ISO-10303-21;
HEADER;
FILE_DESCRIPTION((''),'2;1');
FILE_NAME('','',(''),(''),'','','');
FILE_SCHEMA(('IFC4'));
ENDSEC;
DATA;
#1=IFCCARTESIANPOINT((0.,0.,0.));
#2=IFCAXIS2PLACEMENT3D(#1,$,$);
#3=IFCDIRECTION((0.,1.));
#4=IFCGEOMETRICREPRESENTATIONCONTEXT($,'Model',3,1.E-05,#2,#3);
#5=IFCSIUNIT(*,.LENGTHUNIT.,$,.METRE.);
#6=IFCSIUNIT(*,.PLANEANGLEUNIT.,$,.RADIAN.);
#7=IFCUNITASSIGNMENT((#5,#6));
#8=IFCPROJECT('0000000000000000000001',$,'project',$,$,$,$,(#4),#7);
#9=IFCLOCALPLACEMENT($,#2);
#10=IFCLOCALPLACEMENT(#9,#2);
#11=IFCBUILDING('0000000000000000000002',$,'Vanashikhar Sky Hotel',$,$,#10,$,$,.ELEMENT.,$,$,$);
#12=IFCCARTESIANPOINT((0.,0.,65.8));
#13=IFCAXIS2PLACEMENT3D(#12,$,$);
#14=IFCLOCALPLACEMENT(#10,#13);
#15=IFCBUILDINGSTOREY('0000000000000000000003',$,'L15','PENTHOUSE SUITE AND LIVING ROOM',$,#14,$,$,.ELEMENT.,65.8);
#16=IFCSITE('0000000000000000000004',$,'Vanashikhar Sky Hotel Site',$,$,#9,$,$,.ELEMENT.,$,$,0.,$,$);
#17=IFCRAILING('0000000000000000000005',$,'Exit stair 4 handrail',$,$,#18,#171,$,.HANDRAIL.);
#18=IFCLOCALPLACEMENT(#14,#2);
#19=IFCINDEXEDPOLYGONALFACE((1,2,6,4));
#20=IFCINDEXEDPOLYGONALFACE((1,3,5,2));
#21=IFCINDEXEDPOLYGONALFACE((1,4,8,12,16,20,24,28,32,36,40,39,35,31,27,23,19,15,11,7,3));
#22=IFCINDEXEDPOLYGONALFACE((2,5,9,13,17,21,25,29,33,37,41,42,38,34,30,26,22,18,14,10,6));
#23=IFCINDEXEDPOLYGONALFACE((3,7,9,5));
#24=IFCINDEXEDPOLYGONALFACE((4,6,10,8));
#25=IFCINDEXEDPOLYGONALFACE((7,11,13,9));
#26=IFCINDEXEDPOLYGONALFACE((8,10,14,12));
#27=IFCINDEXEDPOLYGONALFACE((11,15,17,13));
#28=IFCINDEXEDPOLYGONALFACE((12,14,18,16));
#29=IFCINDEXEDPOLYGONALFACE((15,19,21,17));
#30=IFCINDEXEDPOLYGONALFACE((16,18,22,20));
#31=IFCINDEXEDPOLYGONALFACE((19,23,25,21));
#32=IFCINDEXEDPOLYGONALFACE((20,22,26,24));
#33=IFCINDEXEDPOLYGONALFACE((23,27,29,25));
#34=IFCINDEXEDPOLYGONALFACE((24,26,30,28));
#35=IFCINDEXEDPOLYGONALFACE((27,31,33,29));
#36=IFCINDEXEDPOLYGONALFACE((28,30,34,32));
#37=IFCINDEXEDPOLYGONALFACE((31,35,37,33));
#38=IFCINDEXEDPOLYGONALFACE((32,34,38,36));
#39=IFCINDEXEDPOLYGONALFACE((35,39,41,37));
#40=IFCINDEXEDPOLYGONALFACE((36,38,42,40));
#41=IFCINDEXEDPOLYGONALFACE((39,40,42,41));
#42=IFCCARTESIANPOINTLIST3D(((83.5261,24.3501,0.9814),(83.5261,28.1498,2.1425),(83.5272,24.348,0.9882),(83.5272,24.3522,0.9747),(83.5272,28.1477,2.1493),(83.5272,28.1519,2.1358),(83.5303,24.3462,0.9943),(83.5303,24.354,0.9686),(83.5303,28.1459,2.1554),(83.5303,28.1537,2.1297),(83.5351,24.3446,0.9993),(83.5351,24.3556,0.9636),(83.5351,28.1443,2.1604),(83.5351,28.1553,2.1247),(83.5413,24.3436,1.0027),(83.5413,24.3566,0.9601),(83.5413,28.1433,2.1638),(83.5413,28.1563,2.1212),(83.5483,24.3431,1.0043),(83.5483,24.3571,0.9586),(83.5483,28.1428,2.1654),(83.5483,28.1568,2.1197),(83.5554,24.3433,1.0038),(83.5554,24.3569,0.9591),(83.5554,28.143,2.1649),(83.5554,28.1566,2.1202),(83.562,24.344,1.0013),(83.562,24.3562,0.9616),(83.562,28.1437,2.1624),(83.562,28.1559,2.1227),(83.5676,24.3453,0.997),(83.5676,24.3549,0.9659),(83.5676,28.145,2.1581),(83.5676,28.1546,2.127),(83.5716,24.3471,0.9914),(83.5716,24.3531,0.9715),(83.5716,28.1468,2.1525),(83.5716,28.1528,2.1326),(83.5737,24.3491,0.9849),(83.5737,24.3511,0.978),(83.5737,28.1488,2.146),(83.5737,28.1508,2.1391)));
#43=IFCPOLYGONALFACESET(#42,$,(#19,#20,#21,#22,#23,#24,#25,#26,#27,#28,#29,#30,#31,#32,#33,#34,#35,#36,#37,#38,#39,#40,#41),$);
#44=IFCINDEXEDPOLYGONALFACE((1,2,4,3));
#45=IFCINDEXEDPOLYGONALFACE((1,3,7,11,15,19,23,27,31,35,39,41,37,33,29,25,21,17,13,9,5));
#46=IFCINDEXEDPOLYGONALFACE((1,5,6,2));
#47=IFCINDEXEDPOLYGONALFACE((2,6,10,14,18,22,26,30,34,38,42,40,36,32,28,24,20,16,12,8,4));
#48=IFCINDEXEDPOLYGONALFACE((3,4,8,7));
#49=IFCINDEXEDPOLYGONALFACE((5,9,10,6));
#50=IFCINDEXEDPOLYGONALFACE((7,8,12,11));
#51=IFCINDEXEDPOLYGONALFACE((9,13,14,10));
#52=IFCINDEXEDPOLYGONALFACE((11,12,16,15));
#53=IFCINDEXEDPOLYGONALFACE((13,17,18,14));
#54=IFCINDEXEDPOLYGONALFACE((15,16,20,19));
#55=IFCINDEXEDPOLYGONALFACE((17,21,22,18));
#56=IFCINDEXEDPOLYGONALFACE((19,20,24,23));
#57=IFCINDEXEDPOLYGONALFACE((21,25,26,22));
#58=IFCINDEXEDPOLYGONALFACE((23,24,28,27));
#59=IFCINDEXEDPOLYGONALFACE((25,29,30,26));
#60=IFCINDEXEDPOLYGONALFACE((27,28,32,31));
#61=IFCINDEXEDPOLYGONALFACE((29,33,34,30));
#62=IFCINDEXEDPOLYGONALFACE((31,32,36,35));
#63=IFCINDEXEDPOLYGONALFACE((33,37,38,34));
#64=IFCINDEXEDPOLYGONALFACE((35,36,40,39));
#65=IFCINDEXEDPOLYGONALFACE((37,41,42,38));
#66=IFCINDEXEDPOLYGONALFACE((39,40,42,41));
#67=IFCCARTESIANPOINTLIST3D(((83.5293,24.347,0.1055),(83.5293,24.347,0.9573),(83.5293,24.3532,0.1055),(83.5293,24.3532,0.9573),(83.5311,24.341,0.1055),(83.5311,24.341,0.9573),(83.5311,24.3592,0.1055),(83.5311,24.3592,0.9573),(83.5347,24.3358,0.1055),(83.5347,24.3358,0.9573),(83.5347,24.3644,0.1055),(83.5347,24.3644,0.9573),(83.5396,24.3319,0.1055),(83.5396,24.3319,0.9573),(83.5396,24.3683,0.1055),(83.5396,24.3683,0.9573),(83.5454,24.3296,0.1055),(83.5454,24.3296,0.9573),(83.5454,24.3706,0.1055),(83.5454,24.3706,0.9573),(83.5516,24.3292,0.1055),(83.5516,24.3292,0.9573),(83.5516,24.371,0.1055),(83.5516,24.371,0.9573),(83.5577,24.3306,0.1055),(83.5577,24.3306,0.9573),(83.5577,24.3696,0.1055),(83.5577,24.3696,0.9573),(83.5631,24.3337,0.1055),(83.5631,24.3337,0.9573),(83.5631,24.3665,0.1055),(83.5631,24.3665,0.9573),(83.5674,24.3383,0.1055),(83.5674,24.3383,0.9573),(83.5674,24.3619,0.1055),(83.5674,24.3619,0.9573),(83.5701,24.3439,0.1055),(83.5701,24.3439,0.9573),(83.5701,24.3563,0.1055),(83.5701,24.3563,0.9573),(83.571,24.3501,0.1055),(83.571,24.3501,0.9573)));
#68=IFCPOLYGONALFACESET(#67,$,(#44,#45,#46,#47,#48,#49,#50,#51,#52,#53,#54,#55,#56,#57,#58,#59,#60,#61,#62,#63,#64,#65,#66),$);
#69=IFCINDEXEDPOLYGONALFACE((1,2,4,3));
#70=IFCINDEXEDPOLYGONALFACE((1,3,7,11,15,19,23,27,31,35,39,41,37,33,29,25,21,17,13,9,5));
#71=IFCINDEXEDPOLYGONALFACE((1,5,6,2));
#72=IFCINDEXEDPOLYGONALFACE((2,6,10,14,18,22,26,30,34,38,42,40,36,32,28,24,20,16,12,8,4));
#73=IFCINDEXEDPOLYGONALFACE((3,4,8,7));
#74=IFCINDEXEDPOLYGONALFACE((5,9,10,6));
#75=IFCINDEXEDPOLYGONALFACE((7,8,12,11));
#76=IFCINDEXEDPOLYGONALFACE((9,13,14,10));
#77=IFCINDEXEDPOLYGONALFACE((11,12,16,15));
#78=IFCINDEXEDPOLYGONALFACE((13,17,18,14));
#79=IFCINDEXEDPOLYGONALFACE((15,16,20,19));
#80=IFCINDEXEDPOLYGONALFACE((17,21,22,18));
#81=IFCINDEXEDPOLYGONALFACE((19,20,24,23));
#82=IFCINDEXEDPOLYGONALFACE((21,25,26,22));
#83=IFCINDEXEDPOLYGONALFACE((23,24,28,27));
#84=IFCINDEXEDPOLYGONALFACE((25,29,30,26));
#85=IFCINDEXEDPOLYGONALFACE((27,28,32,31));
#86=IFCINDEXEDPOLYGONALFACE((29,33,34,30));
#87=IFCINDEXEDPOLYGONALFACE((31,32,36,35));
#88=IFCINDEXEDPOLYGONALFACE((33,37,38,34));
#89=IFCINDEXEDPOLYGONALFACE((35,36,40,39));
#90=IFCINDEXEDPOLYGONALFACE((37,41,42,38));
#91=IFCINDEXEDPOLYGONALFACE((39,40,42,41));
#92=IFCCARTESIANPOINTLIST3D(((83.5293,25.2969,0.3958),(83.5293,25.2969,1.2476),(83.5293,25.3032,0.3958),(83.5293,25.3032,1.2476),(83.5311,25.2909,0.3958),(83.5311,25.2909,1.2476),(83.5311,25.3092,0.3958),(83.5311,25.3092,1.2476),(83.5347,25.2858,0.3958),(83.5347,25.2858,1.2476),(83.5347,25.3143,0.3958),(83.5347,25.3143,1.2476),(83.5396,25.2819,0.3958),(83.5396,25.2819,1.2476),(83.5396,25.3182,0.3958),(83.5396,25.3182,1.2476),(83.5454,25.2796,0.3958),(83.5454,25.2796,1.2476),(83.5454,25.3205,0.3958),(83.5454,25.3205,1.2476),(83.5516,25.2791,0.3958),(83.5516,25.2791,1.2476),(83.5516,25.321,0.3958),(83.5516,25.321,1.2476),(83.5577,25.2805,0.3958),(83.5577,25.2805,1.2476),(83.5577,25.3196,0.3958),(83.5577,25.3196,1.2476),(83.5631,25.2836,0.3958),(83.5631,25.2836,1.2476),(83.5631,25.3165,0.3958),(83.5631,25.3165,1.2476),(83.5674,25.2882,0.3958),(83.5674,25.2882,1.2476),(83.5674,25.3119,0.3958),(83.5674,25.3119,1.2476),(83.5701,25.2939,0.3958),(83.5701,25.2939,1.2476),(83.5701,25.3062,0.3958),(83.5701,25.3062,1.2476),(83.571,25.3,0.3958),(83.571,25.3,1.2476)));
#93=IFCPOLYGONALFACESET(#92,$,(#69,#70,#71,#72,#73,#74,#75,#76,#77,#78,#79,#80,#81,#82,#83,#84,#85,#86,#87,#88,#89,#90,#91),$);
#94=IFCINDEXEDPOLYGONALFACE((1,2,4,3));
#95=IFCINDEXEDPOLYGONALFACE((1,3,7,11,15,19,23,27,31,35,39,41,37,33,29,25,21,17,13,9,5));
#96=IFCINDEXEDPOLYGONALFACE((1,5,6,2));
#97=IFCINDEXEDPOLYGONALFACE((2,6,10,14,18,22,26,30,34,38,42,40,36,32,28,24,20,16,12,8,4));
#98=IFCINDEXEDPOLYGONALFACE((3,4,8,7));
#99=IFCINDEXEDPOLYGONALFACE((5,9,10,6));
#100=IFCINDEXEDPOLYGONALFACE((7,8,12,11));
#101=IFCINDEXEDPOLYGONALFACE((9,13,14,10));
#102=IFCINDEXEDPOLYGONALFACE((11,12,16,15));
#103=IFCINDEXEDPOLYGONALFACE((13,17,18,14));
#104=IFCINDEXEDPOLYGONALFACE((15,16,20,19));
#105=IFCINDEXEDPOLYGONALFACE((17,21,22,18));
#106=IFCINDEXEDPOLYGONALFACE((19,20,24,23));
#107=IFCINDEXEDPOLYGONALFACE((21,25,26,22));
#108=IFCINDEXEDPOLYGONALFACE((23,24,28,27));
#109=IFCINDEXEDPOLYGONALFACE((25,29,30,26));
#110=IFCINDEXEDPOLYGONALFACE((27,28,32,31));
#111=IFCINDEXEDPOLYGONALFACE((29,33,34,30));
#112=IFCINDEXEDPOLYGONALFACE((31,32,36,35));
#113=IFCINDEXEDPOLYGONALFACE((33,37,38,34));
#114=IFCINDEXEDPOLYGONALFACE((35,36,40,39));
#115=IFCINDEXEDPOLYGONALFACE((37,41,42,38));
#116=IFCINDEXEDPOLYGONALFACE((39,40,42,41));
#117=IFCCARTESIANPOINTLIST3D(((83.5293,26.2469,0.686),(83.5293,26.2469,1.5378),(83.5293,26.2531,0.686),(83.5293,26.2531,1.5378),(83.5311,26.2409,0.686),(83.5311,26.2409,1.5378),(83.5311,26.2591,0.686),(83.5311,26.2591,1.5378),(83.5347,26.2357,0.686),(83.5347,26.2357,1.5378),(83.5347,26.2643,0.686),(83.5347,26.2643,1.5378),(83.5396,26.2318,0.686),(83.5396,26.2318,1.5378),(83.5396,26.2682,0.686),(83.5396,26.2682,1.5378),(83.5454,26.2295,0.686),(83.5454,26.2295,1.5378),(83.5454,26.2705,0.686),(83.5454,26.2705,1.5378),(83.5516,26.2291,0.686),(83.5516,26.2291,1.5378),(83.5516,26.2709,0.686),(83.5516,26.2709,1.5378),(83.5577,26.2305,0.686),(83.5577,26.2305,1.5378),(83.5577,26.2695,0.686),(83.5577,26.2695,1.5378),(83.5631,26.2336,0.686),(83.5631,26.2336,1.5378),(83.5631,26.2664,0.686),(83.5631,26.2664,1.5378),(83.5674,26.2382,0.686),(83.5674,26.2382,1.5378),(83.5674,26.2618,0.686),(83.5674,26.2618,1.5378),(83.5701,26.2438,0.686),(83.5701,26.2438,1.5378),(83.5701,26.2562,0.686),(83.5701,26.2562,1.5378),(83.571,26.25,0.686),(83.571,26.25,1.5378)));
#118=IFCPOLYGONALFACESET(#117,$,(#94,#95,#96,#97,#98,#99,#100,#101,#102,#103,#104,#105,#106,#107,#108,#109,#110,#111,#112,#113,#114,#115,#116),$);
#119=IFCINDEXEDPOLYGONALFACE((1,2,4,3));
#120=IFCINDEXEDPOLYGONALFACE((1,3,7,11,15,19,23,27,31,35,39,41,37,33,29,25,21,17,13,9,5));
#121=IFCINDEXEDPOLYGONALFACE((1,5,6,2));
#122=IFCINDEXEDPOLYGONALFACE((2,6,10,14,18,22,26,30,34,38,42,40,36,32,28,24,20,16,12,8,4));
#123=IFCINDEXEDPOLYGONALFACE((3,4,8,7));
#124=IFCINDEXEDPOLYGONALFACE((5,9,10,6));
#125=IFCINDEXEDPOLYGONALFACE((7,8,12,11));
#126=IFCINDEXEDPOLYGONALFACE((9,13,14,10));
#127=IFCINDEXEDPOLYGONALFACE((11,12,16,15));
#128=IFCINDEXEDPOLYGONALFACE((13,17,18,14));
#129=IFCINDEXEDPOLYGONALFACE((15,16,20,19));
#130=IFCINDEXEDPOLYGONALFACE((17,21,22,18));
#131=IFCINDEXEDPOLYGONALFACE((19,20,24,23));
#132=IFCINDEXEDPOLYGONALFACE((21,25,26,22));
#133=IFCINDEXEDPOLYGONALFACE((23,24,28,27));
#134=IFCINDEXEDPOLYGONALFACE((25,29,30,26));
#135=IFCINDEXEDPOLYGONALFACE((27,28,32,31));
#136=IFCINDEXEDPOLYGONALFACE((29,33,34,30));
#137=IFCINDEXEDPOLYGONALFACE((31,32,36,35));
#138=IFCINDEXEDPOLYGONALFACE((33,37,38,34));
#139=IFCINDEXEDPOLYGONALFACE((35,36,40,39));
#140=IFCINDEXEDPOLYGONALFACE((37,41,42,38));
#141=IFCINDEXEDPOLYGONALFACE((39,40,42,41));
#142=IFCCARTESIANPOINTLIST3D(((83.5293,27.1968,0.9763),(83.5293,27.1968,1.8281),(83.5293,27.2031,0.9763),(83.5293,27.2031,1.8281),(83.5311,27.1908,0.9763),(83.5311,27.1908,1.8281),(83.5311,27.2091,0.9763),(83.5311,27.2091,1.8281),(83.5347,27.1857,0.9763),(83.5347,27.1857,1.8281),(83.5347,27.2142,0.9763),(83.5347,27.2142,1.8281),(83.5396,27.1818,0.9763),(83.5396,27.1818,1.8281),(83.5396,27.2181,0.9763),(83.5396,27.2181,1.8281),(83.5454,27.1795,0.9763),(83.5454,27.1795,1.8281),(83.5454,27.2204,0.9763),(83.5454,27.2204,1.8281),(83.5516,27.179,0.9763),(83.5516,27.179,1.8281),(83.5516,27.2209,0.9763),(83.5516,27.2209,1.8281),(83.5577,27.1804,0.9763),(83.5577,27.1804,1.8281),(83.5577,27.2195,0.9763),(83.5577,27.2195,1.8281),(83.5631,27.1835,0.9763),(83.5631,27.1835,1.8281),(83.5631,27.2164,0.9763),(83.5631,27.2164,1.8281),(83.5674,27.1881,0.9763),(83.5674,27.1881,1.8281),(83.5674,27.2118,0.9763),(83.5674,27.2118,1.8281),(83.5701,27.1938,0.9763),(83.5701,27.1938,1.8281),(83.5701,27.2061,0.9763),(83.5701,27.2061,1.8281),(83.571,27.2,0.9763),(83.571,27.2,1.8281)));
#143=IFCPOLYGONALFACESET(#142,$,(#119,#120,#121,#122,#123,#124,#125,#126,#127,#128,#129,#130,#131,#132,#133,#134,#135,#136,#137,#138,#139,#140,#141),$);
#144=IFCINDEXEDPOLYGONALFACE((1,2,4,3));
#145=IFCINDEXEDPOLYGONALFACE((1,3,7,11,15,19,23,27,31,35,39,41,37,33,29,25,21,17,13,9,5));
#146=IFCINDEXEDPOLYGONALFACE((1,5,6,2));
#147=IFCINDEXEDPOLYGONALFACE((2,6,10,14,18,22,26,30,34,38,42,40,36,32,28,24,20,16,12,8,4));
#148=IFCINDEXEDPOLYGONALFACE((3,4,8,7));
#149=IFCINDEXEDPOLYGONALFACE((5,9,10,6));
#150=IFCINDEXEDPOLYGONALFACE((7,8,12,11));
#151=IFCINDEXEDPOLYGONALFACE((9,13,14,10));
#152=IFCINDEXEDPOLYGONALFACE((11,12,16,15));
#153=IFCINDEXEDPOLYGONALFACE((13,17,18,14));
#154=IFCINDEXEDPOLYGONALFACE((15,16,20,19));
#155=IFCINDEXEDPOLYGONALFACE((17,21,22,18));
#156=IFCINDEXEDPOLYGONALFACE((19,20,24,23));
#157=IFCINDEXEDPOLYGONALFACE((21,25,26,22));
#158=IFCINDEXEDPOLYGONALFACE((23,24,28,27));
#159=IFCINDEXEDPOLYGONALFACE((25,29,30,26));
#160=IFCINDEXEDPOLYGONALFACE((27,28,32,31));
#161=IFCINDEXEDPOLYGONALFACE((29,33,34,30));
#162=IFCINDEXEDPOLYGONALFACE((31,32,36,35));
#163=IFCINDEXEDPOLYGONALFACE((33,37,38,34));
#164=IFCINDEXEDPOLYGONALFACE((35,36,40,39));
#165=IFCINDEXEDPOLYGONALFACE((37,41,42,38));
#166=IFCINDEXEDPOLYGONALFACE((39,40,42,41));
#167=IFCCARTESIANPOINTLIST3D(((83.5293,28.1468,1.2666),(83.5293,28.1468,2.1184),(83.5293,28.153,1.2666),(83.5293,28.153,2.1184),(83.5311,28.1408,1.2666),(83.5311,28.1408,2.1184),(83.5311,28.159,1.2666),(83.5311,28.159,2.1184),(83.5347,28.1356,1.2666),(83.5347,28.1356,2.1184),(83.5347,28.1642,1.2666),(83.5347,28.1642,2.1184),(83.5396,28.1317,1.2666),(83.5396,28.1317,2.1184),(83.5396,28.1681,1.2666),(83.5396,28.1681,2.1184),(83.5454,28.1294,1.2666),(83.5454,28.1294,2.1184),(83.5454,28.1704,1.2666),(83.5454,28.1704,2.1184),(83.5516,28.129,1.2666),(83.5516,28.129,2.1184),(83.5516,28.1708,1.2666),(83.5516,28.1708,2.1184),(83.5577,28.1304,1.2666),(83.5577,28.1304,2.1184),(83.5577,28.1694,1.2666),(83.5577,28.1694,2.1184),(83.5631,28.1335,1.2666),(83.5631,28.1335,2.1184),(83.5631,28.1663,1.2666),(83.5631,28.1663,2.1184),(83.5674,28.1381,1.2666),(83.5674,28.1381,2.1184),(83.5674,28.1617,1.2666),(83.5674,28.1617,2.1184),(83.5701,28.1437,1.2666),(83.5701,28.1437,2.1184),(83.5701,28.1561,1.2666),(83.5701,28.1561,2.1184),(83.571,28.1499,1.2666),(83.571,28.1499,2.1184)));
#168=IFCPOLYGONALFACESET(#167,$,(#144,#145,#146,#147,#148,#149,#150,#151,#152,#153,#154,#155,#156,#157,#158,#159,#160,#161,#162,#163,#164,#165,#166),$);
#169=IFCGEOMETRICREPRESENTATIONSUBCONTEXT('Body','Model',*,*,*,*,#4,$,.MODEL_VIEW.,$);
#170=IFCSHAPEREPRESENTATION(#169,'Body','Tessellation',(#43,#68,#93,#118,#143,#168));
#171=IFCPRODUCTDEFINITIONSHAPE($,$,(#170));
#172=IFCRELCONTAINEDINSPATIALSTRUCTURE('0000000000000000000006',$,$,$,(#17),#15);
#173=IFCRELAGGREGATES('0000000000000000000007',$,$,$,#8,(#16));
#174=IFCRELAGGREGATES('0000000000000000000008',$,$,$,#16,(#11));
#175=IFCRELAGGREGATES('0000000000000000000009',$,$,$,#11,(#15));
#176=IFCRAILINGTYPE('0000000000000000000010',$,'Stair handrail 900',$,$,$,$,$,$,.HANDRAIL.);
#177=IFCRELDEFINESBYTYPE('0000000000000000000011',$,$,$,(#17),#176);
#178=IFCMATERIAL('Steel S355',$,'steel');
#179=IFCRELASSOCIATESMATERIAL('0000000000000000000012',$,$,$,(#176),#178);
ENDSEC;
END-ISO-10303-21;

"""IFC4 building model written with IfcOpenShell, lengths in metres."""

from ifc_helpers import new_model, si_unit, direction, frame, origin, origin_2d, place, context, subcontext, project, spatial, circle, extrude, source, transform, mapped, material, type_object, element, save


model = new_model("IFC4")

# Units and contexts
model_context = context("Model", 3, precision=1e-05, world=origin(), true_north=direction((0.0, 1.0)))
body_context = subcontext(model_context, "Body", "Model", "MODEL_VIEW")
ifc_project = project(units=[si_unit("LENGTHUNIT", "METRE"), si_unit("PLANEANGLEUNIT", "RADIAN")], contexts=[model_context])

# Site, building, storey
site_placement = place(None, origin())
site = spatial("IfcSite", under=ifc_project, at=site_placement, Name="Vanashikhar Sky Hotel Site", CompositionType="ELEMENT", RefElevation=0.0)
building_placement = place(site_placement, origin())
building = spatial("IfcBuilding", under=site, at=building_placement, Name="Vanashikhar Sky Hotel", CompositionType="ELEMENT")
storey_placement = place(building_placement, frame((0.0, 0.0, 65.8)))
storey = spatial("IfcBuildingStorey", under=building, at=storey_placement, Name="L15", Description="PENTHOUSE SUITE AND LIVING ROOM", CompositionType="ELEMENT", Elevation=65.8)

# Railing
ifc_material_1 = material(Name="Steel S355", Category="steel")
railing_type_1 = type_object("IfcRailingType", Name="Stair handrail 900", PredefinedType="HANDRAIL", material=ifc_material_1)
shared_shape_1 = source(origin(), body_context, "Body", "SweptSolid", [
    extrude(circle(Radius=0.0239, at=origin_2d()), frame((0.0, 0.0, 0.876), z_axis=(0.0, 0.956346, 0.292237), x_axis=(-1.0, 0.0, 0.0)), (0.0, 0.0, 1.0), 3.9731),
    extrude(circle(Radius=0.021, at=origin_2d()), origin(), (0.0, 0.0, 1.0), 0.8518),
    extrude(circle(Radius=0.021, at=origin_2d()), frame((0.0, 0.95, 0.2903)), (0.0, 0.0, 1.0), 0.8518),
    extrude(circle(Radius=0.021, at=origin_2d()), frame((0.0, 1.8999, 0.5806)), (0.0, 0.0, 1.0), 0.8518),
    extrude(circle(Radius=0.021, at=origin_2d()), frame((0.0, 2.8499, 0.8708)), (0.0, 0.0, 1.0), 0.8518),
    extrude(circle(Radius=0.021, at=origin_2d()), frame((0.0, 3.7998, 1.1611)), (0.0, 0.0, 1.0), 0.8518),
])
for number, where, name in (
    (1, (83.55, 24.3501, 0.1055), "Exit stair 4 handrail"),
):
    element("IfcRailing", number, at=place(storey_placement, frame(where)), inside=storey, type_object=railing_type_1, Name=name, PredefinedType="HANDRAIL", context=body_context, shape_type="MappedRepresentation", body=[
        mapped(shared_shape_1, transform((0.0, 0.0, 0.0), scale=1.0)),
    ])

save(model, "model.ifc")
